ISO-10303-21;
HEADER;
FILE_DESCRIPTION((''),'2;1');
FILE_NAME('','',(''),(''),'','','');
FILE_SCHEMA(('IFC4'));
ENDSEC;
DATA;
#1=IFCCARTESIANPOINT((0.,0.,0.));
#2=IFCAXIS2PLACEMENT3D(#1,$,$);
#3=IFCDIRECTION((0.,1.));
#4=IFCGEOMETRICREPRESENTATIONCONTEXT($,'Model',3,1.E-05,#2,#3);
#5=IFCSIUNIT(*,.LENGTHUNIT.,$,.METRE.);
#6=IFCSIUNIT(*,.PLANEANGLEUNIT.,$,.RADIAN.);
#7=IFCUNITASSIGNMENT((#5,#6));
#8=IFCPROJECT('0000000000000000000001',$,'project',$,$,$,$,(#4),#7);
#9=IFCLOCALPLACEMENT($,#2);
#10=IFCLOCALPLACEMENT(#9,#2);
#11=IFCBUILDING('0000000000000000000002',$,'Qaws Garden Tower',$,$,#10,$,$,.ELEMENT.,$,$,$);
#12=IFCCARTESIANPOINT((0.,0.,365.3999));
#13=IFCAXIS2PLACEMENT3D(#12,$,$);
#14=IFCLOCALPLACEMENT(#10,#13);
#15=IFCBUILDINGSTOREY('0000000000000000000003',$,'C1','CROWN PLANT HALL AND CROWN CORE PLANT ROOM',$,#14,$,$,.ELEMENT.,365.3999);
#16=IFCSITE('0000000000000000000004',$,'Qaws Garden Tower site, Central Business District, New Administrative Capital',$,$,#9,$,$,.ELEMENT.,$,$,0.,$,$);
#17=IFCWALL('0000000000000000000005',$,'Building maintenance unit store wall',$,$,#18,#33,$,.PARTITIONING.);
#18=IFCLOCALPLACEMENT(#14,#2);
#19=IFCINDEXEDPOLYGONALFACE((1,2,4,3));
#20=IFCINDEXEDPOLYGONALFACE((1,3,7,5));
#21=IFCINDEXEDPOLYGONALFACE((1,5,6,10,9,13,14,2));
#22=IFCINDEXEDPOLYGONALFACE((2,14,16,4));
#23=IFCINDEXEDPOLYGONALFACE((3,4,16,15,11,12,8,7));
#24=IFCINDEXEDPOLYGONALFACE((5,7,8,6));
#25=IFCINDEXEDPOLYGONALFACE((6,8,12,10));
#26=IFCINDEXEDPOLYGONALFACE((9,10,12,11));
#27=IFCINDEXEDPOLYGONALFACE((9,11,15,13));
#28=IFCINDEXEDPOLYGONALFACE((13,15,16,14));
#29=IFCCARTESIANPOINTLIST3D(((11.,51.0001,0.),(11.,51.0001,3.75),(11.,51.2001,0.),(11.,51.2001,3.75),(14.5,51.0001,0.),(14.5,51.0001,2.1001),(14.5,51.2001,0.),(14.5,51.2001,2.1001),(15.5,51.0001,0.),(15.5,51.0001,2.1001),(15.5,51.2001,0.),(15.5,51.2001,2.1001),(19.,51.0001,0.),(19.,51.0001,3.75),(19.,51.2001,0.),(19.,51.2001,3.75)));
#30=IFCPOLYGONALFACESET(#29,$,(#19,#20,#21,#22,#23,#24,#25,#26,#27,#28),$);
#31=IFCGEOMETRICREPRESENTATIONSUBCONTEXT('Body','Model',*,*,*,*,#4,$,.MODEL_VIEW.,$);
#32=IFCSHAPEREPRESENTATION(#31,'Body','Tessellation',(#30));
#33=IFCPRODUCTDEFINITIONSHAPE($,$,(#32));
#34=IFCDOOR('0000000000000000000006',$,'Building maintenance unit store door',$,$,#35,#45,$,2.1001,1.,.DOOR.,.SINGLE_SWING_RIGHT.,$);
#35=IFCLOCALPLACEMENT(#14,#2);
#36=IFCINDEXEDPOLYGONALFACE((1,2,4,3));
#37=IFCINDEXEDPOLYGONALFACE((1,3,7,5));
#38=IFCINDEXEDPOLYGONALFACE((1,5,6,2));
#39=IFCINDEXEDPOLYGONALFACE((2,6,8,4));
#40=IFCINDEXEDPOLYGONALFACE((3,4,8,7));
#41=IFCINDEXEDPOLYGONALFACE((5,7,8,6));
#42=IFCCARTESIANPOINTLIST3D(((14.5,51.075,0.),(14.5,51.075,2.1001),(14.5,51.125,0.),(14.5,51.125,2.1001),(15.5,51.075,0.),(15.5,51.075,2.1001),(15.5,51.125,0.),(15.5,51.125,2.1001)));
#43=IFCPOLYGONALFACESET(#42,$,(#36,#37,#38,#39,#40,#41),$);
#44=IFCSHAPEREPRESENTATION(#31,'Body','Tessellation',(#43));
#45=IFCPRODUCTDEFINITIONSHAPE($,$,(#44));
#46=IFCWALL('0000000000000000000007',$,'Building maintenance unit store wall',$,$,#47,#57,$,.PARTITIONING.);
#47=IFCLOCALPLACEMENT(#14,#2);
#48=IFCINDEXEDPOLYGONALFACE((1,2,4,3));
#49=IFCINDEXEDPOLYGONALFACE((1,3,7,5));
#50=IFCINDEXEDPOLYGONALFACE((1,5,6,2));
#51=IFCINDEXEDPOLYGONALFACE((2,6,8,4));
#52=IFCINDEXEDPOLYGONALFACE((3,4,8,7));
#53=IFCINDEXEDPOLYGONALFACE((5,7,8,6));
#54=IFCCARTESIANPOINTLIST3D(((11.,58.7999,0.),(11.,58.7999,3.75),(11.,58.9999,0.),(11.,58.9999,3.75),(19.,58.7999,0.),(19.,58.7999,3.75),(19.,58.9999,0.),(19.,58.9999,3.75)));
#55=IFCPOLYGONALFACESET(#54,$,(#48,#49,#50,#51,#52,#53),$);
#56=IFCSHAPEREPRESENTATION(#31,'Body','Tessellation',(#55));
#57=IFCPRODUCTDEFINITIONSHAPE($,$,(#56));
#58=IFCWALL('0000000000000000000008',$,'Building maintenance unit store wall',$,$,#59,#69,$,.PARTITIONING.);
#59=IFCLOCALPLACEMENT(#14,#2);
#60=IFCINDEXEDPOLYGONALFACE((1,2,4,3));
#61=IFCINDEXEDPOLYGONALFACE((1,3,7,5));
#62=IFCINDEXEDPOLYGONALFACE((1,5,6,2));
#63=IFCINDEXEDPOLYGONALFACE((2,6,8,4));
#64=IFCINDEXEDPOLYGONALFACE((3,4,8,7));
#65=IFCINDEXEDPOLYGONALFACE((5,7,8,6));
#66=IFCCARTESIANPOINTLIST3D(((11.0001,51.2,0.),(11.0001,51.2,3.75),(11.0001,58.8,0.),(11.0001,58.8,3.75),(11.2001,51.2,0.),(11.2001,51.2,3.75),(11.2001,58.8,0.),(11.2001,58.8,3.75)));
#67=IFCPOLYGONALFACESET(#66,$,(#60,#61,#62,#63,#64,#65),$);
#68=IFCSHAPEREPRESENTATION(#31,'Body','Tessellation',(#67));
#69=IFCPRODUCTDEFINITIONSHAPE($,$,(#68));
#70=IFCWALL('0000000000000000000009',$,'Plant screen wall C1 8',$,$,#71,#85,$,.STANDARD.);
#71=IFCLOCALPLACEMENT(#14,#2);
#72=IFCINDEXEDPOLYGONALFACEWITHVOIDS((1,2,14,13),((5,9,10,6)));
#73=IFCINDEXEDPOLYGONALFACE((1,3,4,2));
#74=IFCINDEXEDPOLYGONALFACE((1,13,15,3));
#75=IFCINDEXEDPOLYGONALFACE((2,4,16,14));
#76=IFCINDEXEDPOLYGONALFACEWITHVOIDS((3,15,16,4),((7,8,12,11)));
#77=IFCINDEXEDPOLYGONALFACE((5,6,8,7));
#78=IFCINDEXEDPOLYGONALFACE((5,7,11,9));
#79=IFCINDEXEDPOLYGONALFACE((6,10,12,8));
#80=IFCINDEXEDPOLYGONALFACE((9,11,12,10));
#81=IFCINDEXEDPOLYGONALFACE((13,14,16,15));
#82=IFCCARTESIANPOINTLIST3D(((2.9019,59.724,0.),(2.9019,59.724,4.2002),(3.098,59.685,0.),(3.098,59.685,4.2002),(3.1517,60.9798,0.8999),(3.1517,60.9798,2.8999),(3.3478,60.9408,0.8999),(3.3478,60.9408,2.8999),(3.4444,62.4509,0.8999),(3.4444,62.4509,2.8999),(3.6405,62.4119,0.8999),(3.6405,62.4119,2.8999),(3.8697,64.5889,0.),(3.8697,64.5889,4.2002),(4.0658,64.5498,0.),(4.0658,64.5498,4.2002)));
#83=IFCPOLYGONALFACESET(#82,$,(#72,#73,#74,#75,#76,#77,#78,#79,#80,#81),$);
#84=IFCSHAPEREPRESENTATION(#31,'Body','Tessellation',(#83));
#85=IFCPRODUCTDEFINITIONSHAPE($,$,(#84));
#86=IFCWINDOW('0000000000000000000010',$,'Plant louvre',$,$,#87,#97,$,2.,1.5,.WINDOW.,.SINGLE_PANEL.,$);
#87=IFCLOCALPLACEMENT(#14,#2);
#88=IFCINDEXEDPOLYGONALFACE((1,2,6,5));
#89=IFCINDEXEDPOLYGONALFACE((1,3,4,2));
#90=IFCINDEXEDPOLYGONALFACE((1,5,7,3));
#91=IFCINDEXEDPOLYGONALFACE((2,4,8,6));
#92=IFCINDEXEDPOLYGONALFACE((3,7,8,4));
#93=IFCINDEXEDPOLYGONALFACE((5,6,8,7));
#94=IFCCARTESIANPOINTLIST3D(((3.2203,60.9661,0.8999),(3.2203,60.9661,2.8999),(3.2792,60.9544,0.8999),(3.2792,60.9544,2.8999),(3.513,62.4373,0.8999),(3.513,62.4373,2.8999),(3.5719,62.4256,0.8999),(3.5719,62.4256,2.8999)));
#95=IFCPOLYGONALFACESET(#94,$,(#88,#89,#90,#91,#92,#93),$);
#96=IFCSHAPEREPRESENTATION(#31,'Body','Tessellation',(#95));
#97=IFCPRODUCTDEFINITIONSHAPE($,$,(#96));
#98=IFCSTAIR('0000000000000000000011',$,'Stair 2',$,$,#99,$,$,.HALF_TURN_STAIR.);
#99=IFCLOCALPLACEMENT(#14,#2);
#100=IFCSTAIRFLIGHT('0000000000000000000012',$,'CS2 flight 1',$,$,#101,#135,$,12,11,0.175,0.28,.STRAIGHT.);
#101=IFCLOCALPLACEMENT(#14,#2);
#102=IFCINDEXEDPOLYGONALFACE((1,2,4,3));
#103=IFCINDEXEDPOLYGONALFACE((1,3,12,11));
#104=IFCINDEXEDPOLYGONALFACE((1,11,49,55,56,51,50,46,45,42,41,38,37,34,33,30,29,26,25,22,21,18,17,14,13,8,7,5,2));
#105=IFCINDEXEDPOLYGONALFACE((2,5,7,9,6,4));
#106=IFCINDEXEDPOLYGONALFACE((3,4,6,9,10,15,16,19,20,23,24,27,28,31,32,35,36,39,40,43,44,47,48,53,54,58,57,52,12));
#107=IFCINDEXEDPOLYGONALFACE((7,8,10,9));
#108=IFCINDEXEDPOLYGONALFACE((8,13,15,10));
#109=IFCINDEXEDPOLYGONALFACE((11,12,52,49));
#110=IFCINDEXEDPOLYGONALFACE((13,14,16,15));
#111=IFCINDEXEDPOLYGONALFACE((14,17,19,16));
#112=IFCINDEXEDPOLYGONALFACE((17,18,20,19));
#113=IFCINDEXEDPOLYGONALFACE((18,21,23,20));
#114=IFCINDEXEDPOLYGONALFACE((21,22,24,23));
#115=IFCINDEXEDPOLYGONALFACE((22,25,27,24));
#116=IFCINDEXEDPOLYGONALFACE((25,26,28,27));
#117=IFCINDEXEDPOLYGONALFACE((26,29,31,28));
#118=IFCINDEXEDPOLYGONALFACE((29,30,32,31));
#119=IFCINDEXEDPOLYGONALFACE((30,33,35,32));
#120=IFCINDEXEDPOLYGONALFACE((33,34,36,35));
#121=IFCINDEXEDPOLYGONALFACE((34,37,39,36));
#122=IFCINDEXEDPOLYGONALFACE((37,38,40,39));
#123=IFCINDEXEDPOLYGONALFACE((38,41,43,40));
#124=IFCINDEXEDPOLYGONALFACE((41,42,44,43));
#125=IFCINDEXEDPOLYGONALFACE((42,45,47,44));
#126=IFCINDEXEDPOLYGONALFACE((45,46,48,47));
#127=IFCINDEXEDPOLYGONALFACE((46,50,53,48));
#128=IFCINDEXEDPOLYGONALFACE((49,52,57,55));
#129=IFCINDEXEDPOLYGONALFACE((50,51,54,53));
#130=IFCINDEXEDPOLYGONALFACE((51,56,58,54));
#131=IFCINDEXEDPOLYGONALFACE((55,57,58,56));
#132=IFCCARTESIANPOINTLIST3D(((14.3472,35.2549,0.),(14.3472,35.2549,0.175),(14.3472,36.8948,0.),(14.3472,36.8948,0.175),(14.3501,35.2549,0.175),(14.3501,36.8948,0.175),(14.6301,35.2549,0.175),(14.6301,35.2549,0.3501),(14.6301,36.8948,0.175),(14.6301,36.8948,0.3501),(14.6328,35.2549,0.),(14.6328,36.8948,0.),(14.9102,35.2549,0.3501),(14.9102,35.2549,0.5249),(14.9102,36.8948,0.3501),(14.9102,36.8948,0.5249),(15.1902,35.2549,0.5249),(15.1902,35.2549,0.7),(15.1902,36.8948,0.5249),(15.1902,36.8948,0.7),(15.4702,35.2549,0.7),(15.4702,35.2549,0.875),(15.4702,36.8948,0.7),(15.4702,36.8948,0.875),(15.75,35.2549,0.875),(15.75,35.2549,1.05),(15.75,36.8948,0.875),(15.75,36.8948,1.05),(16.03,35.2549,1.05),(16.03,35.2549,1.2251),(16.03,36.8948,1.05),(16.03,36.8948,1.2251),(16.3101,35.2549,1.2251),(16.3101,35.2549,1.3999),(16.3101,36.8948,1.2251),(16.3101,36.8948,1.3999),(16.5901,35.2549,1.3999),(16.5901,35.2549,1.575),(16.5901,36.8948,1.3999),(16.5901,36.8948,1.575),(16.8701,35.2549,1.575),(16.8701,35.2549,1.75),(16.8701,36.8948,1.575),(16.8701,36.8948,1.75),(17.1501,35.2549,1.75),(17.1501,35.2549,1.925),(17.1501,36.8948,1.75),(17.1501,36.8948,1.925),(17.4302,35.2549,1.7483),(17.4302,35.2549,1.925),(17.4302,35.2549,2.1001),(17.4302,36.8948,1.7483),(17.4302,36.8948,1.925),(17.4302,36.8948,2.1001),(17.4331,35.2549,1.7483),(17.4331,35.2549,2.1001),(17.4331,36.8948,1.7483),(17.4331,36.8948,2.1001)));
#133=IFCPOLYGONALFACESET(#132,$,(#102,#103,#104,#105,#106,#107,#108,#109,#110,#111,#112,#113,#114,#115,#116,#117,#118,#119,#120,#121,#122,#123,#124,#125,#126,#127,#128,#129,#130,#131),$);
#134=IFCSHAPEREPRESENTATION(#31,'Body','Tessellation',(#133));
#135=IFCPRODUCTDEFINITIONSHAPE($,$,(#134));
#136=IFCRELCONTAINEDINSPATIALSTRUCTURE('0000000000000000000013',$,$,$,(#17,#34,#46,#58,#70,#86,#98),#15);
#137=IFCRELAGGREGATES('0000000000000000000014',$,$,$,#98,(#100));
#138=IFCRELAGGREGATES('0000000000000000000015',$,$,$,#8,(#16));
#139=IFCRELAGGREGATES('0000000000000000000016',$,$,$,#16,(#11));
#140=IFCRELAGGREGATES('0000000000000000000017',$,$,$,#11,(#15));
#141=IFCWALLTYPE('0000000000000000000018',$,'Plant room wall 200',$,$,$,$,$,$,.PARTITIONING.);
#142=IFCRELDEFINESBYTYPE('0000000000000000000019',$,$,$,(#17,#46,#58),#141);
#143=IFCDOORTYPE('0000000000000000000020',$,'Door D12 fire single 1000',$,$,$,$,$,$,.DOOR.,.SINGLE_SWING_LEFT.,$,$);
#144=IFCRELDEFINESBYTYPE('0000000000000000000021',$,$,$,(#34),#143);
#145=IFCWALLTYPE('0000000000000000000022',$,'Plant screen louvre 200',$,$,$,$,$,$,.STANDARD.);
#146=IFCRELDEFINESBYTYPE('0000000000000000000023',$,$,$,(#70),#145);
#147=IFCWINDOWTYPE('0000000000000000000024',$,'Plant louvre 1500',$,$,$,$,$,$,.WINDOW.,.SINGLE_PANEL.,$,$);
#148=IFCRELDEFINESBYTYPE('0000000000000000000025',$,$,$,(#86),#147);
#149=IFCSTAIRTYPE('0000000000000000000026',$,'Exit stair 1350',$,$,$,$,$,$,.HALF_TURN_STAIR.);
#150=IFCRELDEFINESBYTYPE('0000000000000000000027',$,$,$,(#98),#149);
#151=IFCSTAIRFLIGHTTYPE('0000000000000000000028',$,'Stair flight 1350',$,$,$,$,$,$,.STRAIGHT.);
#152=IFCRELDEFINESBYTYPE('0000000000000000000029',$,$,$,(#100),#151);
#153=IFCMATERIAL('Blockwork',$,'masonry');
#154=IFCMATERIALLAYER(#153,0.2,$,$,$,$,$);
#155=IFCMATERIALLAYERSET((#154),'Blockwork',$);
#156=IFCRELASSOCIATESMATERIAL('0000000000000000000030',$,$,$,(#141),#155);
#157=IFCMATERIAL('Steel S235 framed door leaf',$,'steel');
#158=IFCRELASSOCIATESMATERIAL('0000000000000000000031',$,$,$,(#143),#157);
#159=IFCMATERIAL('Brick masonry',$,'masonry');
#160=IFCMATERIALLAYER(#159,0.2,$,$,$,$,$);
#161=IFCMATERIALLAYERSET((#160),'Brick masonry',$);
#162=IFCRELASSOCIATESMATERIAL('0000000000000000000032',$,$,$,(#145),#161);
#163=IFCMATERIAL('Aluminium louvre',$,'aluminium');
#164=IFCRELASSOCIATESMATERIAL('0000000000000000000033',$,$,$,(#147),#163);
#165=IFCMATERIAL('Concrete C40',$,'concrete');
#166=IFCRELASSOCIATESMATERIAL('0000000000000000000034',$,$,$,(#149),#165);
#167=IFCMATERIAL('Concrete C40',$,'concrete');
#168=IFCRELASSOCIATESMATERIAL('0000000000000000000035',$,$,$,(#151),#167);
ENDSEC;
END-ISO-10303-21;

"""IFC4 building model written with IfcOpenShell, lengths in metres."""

from ifc_helpers import new_model, si_unit, direction, frame, frame_2d, origin, place, context, subcontext, project, spatial, polyline, rectangle, outline, extrude, material, layer, layer_set, type_object, element, fill, aggregate, save


model = new_model("IFC4")

# Units and contexts
model_context = context("Model", 3, precision=1e-05, world=origin(), true_north=direction((0.0, 1.0)))
body_context = subcontext(model_context, "Body", "Model", "MODEL_VIEW")
ifc_project = project(units=[si_unit("LENGTHUNIT", "METRE"), si_unit("PLANEANGLEUNIT", "RADIAN")], contexts=[model_context])

# Site, building, storey
site_placement = place(None, origin())
site = spatial("IfcSite", under=ifc_project, at=site_placement, Name="Qaws Garden Tower site, Central Business District, New Administrative Capital", CompositionType="ELEMENT", RefElevation=0.0)
building_placement = place(site_placement, origin())
building = spatial("IfcBuilding", under=site, at=building_placement, Name="Qaws Garden Tower", CompositionType="ELEMENT")
storey_placement = place(building_placement, frame((0.0, 0.0, 365.3999)))
storey = spatial("IfcBuildingStorey", under=building, at=storey_placement, Name="C1", Description="CROWN PLANT HALL AND CROWN CORE PLANT ROOM", CompositionType="ELEMENT", Elevation=365.3999)

# Shared definitions
ifc_material_1 = material(Name="Blockwork", Category="masonry")
ifc_layer_1 = layer(ifc_material_1, 0.2)
ifc_layer_set_1 = layer_set([ifc_layer_1], Name="Blockwork")
wall_type_1 = type_object("IfcWallType", Name="Plant room wall 200", PredefinedType="PARTITIONING", material=ifc_layer_set_1)

# Shared definitions
ifc_material_2 = material(Name="Steel S235 framed door leaf", Category="steel")
door_type_1 = type_object("IfcDoorType", Name="Door D12 fire single 1000", OperationType="SINGLE_SWING_LEFT", PredefinedType="DOOR", material=ifc_material_2)

# Wall, opening, door
wall_1_placement = place(storey_placement, frame((11.0, 51.1001, 0.0), z_axis=(0.0, 0.0, 1.0), x_axis=(1.0, 0.0, 0.0)))
wall_1 = element("IfcWall", 1, at=wall_1_placement, inside=storey, type_object=wall_type_1, Name="Building maintenance unit store wall", PredefinedType="PARTITIONING", context=body_context, shape_type="SweptSolid", body=[
    extrude(rectangle(XDim=8.0, YDim=0.2, at=frame_2d((4.0, 0.0))), origin(), (0.0, 0.0, 1.0), 3.75),
])
opening_1_placement = place(wall_1_placement, frame((3.5, 0.0, 0.0)))
opening_1 = element("IfcOpeningElement", 2, at=opening_1_placement, cuts=wall_1, PredefinedType="OPENING", context=body_context, shape_type="SweptSolid", body=[
    extrude(rectangle(XDim=1.0, YDim=2.1001, at=frame_2d((0.5, 1.05))), frame((0.0, 0.1099, 0.0), z_axis=(0.0, -1.0, 0.0), x_axis=(1.0, 0.0, 0.0)), (0.0, 0.0, 1.0), 0.22),
])
door_1_placement = place(opening_1_placement, origin())
door_1 = element("IfcDoor", 3, at=door_1_placement, inside=storey, type_object=door_type_1, Name="Building maintenance unit store door", OperationType="SINGLE_SWING_RIGHT", OverallHeight=2.1001, OverallWidth=1.0, PredefinedType="DOOR", context=body_context, shape_type="SweptSolid", body=[
    extrude(rectangle(XDim=1.0, YDim=2.1001, at=frame_2d((0.5, 1.05))), frame((0.0, 0.0249, 0.0), z_axis=(0.0, -1.0, 0.0), x_axis=(1.0, 0.0, 0.0)), (0.0, 0.0, 1.0), 0.05),
])
fill(opening_1, door_1)

# Walls
wall_2_placement = place(storey_placement, frame((11.0, 58.8999, 0.0), z_axis=(0.0, 0.0, 1.0), x_axis=(1.0, 0.0, 0.0)))
element("IfcWall", 4, at=wall_2_placement, inside=storey, type_object=wall_type_1, Name="Building maintenance unit store wall", PredefinedType="PARTITIONING", context=body_context, shape_type="SweptSolid", body=[
    extrude(rectangle(XDim=8.0, YDim=0.2, at=frame_2d((4.0, 0.0))), origin(), (0.0, 0.0, 1.0), 3.75),
])
wall_3_placement = place(storey_placement, frame((11.1001, 51.2, 0.0), z_axis=(0.0, 0.0, 1.0), x_axis=(0.0, 1.0, 0.0)))
element("IfcWall", 5, at=wall_3_placement, inside=storey, type_object=wall_type_1, Name="Building maintenance unit store wall", PredefinedType="PARTITIONING", context=body_context, shape_type="SweptSolid", body=[
    extrude(rectangle(XDim=7.6001, YDim=0.2, at=frame_2d((3.8, 0.0))), origin(), (0.0, 0.0, 1.0), 3.75),
])

# Wall, opening, window
ifc_material_3 = material(Name="Brick masonry", Category="masonry")
ifc_layer_2 = layer(ifc_material_3, 0.2)
ifc_layer_set_2 = layer_set([ifc_layer_2], Name="Brick masonry")
wall_type_2 = type_object("IfcWallType", Name="Plant screen louvre 200", PredefinedType="STANDARD", material=ifc_layer_set_2)
wall_4_placement = place(storey_placement, frame((3.0, 59.7046, 0.0), z_axis=(0.0, 0.0, 1.0), x_axis=(0.195103, 0.980783, 0.0)))
wall_4 = element("IfcWall", 6, at=wall_4_placement, inside=storey, type_object=wall_type_2, Name="Plant screen wall C1 8", PredefinedType="STANDARD", context=body_context, shape_type="SweptSolid", body=[
    extrude(rectangle(XDim=4.9602, YDim=0.2, at=frame_2d((2.48, 0.0))), origin(), (0.0, 0.0, 1.0), 4.2002),
])
opening_2_placement = place(wall_4_placement, frame((1.2803, 0.0, 0.8999)))
opening_2 = element("IfcOpeningElement", 7, at=opening_2_placement, cuts=wall_4, PredefinedType="OPENING", context=body_context, shape_type="SweptSolid", body=[
    extrude(rectangle(XDim=1.5, YDim=2.0, at=frame_2d((0.75, 1.0))), frame((0.0, 0.1099, 0.0), z_axis=(0.0, -1.0, 0.0), x_axis=(1.0, 0.0, 0.0)), (0.0, 0.0, 1.0), 0.22),
])
ifc_material_4 = material(Name="Aluminium louvre", Category="aluminium")
window_type = type_object("IfcWindowType", Name="Plant louvre 1500", PartitioningType="SINGLE_PANEL", PredefinedType="WINDOW", material=ifc_material_4)
window_placement = place(opening_2_placement, origin())
window = element("IfcWindow", 8, at=window_placement, inside=storey, type_object=window_type, Name="Plant louvre", OverallHeight=2.0, OverallWidth=1.5, PartitioningType="SINGLE_PANEL", PredefinedType="WINDOW", context=body_context, shape_type="SweptSolid", body=[
    extrude(rectangle(XDim=1.5, YDim=2.0, at=frame_2d((0.75, 1.0))), frame((0.0, 0.03, 0.0), z_axis=(0.0, -1.0, 0.0), x_axis=(1.0, 0.0, 0.0)), (0.0, 0.0, 1.0), 0.0601),
])
fill(opening_2, window)

# Stair, stair flight
ifc_material_5 = material(Name="Concrete C40", Category="concrete")
stair_type = type_object("IfcStairType", Name="Exit stair 1350", PredefinedType="HALF_TURN_STAIR", material=ifc_material_5)
stair_placement = place(storey_placement, origin())
stair = element("IfcStair", 9, at=stair_placement, inside=storey, type_object=stair_type, Name="Stair 2", PredefinedType="HALF_TURN_STAIR")
ifc_material_6 = material(Name="Concrete C40", Category="concrete")
stair_flight_type = type_object("IfcStairFlightType", Name="Stair flight 1350", PredefinedType="STRAIGHT", material=ifc_material_6)
stair_flight_placement = place(storey_placement, frame((14.3501, 36.075, 0.0), z_axis=(0.0, 0.0, 1.0), x_axis=(1.0, 0.0, 0.0)))
stair_flight = element("IfcStairFlight", 10, at=stair_flight_placement, type_object=stair_flight_type, Name="CS2 flight 1", NumberOfRisers=12, NumberOfTreads=11, PredefinedType="STRAIGHT", RiserHeight=0.175, TreadLength=0.28, context=body_context, shape_type="SweptSolid", body=[
    extrude(outline(polyline([(-0.0029, 0.0), (-0.0029, 0.175), (0.0, 0.175), (0.28, 0.175), (0.28, 0.3501), (0.5601, 0.3501), (0.5601, 0.5249), (0.8401, 0.5249), (0.8401, 0.7), (1.1201, 0.7), (1.1201, 0.875), (1.3999, 0.875), (1.3999, 1.05), (1.6799, 1.05), (1.6799, 1.2251), (1.96, 1.2251), (1.96, 1.3999), (2.24, 1.3999), (2.24, 1.575), (2.52, 1.575), (2.52, 1.75), (2.8, 1.75), (2.8, 1.925), (3.0801, 1.925), (3.0801, 2.1001), (3.083, 2.1001), (3.083, 1.7483), (3.0801, 1.7483), (0.2827, 0.0), (-0.0029, 0.0)])), frame((0.0, 0.8198, 0.0), z_axis=(0.0, -1.0, 0.0), x_axis=(1.0, 0.0, 0.0)), (0.0, 0.0, 1.0), 1.6399),
])
aggregate(stair, [stair_flight])

save(model, "model.ifc")
